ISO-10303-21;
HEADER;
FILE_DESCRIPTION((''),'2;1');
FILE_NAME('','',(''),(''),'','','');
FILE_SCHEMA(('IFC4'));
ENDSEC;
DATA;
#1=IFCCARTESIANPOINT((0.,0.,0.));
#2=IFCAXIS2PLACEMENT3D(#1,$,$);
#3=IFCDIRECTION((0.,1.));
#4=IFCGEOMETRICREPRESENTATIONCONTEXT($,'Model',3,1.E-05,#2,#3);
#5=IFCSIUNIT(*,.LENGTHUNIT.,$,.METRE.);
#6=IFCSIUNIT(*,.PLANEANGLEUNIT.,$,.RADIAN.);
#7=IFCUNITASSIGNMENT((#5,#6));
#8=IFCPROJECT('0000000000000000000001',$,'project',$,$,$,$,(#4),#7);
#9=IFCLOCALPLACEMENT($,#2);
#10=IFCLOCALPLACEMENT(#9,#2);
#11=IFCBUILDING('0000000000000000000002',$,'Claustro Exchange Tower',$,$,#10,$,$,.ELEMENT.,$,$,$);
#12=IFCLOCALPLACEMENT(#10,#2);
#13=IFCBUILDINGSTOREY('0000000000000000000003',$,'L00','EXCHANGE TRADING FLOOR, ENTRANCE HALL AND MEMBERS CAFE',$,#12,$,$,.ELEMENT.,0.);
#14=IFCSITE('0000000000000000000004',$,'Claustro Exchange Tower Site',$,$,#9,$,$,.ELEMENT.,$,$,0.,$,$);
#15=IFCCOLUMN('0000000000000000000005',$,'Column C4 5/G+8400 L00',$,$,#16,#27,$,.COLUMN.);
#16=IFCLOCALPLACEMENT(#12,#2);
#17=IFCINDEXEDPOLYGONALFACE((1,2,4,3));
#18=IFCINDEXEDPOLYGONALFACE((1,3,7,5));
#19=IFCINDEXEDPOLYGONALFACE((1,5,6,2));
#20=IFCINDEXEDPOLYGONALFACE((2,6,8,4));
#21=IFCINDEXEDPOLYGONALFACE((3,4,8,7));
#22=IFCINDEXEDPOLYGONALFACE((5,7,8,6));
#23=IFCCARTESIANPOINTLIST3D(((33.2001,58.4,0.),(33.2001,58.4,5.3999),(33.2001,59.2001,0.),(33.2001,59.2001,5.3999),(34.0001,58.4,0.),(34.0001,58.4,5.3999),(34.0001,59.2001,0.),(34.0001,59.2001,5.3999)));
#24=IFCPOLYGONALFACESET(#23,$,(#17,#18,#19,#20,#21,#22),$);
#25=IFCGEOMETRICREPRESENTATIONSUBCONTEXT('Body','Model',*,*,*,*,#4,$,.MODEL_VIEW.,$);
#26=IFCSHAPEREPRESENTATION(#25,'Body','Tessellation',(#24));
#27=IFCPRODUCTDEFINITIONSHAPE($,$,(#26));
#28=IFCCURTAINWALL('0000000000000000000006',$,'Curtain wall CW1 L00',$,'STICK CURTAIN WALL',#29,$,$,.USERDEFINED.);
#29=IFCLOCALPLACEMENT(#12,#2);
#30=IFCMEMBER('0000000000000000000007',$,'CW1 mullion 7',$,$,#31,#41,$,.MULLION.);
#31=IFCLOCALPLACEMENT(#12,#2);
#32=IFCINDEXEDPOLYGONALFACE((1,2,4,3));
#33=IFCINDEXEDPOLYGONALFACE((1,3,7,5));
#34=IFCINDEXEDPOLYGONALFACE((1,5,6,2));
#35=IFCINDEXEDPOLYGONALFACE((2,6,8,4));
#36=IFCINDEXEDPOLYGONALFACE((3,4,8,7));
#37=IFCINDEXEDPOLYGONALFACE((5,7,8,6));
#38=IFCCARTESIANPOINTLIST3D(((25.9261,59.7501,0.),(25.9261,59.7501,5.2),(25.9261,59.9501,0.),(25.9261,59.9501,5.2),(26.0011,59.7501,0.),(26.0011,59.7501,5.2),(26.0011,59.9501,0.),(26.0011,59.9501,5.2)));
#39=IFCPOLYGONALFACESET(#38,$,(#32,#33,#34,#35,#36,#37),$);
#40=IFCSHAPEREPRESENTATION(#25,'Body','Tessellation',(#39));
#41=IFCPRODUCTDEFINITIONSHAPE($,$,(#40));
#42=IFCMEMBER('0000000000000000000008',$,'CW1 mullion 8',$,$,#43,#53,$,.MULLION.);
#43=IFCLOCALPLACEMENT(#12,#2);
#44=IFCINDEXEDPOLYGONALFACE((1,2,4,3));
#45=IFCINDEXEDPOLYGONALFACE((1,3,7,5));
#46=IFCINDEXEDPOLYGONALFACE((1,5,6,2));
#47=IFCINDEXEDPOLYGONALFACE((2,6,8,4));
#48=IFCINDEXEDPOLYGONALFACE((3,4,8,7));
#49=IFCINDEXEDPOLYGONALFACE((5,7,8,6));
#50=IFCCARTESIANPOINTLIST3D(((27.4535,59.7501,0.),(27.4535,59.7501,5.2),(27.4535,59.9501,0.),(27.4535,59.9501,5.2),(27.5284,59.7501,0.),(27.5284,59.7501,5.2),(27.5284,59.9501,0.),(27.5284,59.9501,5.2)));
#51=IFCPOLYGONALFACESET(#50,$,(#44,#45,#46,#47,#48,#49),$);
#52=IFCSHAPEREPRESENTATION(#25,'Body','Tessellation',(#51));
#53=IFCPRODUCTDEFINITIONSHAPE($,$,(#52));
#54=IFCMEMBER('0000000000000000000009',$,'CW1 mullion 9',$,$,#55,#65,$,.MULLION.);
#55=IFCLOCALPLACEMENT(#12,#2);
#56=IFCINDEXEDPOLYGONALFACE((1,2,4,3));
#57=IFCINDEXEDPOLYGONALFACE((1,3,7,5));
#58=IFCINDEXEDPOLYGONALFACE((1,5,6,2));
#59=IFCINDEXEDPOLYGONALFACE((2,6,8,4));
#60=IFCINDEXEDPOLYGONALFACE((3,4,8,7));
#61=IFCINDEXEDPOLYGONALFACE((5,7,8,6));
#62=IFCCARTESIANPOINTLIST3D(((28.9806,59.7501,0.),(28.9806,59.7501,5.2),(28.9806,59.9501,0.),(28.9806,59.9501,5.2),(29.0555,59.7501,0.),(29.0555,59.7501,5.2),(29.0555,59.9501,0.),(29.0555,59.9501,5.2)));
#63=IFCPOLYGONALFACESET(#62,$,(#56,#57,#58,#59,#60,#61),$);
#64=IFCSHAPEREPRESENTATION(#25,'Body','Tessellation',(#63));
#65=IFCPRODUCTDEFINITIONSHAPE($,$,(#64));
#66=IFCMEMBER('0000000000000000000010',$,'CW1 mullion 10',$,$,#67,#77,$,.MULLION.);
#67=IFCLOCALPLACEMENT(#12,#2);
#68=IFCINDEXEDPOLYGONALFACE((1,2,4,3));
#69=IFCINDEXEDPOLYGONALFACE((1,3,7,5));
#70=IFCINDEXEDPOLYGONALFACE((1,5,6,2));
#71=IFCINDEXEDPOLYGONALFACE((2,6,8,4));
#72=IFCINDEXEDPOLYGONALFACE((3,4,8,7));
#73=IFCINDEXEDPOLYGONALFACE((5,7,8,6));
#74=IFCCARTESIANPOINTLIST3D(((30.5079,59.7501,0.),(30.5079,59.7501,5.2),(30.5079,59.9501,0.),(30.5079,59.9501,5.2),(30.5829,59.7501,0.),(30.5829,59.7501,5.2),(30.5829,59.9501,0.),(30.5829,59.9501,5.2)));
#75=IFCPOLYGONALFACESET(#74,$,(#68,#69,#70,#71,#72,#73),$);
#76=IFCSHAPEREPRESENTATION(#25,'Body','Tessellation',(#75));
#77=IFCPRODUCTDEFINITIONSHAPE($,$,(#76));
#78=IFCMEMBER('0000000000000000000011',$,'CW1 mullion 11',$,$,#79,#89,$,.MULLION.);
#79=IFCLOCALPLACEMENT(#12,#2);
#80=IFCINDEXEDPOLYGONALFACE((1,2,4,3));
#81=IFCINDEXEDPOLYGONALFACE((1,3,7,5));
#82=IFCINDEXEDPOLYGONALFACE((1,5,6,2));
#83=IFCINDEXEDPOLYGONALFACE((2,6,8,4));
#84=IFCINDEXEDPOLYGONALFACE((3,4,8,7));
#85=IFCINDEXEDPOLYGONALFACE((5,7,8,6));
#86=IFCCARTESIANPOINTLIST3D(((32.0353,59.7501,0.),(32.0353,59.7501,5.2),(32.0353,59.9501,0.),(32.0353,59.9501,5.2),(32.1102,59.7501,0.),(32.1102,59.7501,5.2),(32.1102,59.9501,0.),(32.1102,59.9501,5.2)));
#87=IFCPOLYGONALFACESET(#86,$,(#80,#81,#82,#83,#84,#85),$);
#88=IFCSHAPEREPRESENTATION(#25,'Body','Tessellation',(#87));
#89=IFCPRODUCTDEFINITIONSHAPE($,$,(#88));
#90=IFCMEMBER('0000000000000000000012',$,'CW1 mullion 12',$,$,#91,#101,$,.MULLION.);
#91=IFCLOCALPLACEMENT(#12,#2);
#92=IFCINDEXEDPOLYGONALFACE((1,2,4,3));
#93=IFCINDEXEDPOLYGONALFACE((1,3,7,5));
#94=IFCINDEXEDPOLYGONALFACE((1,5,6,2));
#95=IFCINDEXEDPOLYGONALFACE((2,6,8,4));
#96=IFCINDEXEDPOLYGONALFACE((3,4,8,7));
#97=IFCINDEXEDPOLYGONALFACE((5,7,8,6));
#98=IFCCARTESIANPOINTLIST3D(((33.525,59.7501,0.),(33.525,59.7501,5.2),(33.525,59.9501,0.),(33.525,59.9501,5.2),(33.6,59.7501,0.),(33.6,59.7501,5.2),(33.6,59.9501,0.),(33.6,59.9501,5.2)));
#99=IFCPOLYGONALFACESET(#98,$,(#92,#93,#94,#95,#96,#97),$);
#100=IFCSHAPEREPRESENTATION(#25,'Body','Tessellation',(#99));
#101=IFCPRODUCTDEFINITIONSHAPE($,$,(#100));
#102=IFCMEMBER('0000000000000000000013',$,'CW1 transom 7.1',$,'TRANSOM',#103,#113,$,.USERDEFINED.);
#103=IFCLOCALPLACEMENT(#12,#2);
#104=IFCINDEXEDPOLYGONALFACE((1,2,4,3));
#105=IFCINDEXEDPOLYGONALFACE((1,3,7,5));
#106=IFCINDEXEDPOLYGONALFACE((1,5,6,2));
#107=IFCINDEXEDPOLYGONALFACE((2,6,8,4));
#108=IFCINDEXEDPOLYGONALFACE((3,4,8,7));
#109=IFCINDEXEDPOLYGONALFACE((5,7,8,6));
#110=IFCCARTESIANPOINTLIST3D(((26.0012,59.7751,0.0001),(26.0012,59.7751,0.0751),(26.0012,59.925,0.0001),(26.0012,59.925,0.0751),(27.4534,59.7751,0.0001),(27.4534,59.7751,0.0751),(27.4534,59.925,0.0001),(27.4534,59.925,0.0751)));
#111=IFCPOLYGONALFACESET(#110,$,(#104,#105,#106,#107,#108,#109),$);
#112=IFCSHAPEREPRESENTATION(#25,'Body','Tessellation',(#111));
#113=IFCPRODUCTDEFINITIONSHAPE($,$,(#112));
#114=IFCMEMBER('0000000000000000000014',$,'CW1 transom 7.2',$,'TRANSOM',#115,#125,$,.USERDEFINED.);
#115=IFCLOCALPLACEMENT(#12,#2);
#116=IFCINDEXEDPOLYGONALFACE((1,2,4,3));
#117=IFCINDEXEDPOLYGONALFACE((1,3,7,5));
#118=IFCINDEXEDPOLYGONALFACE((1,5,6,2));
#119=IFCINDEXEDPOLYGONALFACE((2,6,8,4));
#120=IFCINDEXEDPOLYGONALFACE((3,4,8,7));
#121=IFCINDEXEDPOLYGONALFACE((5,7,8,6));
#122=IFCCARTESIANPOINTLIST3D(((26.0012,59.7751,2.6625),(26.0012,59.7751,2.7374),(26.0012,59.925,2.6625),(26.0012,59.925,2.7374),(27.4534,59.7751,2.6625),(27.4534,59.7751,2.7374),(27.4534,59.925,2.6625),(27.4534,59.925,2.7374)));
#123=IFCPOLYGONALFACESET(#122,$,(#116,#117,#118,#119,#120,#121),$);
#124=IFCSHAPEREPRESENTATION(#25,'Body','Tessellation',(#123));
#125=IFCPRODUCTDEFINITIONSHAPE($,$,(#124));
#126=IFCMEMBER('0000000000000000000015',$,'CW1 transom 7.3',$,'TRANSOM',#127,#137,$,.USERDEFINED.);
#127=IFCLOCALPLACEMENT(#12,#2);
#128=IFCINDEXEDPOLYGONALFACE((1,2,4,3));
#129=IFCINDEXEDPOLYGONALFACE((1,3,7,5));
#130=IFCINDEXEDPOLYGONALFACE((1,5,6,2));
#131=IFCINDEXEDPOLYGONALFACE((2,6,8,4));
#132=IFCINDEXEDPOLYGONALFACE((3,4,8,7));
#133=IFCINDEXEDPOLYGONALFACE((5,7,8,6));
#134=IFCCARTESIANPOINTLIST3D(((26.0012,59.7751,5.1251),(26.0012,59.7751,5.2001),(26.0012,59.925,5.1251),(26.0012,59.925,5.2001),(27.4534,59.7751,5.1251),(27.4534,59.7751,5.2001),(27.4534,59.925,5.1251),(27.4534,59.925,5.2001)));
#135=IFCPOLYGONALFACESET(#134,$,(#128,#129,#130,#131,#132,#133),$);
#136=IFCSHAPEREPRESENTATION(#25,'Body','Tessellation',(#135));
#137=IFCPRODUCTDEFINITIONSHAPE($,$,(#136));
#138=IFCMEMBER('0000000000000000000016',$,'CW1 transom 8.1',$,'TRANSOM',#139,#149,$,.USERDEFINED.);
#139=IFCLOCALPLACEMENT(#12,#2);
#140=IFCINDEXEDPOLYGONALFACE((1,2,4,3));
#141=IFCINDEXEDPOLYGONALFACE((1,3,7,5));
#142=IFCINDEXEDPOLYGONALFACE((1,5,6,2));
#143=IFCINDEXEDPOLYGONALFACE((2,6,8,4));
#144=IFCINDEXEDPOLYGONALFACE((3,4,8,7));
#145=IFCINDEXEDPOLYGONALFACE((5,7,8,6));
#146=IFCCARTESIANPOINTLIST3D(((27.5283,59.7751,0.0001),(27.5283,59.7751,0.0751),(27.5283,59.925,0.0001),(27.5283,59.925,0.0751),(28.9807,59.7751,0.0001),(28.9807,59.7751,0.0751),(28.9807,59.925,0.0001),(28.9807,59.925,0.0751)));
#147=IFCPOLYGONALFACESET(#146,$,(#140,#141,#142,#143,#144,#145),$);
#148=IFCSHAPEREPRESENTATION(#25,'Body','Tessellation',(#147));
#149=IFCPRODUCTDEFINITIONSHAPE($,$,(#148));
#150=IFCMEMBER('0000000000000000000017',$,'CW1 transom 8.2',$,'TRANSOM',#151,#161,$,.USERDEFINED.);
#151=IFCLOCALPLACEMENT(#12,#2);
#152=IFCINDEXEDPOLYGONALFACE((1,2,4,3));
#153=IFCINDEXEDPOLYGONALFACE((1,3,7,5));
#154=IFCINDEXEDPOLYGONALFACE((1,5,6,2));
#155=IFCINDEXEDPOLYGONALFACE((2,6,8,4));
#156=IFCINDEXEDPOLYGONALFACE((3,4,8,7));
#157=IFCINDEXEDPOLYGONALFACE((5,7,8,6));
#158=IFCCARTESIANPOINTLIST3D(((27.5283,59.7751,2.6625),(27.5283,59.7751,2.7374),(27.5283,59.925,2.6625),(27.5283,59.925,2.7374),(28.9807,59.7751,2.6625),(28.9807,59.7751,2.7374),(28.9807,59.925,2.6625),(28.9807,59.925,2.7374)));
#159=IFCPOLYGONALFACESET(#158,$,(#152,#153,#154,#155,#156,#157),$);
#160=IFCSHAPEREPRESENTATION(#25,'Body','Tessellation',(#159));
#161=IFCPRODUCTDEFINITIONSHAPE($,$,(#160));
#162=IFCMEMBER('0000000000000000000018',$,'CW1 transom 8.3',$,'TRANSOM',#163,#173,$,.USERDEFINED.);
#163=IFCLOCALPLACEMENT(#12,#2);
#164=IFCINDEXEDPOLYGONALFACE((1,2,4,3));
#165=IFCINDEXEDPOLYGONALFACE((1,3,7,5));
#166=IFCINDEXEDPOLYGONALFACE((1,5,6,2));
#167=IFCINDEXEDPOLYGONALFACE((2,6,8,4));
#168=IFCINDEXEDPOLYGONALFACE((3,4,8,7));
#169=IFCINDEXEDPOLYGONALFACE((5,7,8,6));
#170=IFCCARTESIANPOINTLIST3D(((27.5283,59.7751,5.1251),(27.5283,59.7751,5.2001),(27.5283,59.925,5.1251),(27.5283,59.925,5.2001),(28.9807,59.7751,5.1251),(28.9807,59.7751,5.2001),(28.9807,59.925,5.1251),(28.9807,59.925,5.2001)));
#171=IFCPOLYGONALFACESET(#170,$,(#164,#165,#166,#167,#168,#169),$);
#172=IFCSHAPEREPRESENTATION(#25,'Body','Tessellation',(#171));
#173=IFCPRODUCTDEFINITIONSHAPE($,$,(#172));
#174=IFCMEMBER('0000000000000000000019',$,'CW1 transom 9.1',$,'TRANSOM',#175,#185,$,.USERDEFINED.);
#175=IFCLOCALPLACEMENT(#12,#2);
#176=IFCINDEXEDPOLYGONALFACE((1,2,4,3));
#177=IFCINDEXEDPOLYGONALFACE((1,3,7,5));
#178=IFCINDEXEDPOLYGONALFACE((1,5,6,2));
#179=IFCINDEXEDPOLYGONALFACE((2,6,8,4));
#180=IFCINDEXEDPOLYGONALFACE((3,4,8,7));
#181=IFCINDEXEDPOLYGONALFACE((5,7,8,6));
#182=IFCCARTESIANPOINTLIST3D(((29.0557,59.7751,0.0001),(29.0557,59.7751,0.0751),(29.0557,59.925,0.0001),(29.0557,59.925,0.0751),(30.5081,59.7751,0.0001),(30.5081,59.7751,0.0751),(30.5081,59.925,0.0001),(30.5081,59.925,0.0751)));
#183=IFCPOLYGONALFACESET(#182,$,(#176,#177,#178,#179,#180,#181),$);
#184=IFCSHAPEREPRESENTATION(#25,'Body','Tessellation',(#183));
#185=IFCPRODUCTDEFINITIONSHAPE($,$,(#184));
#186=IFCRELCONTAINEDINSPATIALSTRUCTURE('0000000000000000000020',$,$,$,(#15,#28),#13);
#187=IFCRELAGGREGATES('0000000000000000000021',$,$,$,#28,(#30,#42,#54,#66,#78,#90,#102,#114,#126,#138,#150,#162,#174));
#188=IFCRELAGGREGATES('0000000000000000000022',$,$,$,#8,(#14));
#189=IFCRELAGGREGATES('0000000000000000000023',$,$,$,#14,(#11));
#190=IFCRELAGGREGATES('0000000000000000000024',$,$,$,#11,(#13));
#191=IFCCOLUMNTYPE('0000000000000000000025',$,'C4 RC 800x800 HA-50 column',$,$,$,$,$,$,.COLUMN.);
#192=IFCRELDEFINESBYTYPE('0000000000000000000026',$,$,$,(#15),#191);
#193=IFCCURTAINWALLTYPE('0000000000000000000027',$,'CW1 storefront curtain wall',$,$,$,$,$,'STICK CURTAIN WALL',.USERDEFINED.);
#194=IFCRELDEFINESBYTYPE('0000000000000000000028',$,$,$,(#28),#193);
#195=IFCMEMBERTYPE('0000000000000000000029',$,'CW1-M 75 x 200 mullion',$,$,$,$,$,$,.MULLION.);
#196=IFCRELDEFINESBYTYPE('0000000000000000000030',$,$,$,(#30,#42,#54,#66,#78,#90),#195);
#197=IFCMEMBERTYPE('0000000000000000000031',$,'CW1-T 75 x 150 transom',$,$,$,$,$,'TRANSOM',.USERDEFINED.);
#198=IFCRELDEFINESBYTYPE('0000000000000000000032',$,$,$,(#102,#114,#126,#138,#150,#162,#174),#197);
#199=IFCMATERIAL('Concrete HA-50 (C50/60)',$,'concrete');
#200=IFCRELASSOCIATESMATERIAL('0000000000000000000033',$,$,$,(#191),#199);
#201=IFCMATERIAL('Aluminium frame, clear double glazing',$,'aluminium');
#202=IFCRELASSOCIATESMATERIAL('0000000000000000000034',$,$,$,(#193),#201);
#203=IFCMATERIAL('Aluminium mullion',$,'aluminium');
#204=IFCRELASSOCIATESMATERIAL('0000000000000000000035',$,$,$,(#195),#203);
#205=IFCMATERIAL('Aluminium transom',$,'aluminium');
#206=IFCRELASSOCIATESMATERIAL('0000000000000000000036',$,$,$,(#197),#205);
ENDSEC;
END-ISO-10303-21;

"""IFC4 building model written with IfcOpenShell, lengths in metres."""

from ifc_helpers import new_model, si_unit, direction, frame, origin, origin_2d, place, context, subcontext, project, spatial, rectangle, extrude, material, material_profile, profile_set, type_object, element, aggregate, save


model = new_model("IFC4")

# Units and contexts
model_context = context("Model", 3, precision=1e-05, world=origin(), true_north=direction((0.0, 1.0)))
body_context = subcontext(model_context, "Body", "Model", "MODEL_VIEW")
ifc_project = project(units=[si_unit("LENGTHUNIT", "METRE"), si_unit("PLANEANGLEUNIT", "RADIAN")], contexts=[model_context])

# Site, building, storey
site_placement = place(None, origin())
site = spatial("IfcSite", under=ifc_project, at=site_placement, Name="Claustro Exchange Tower Site", CompositionType="ELEMENT", RefElevation=0.0)
building_placement = place(site_placement, origin())
building = spatial("IfcBuilding", under=site, at=building_placement, Name="Claustro Exchange Tower", CompositionType="ELEMENT")
storey_placement = place(building_placement, origin())
storey = spatial("IfcBuildingStorey", under=building, at=storey_placement, Name="L00", Description="EXCHANGE TRADING FLOOR, ENTRANCE HALL AND MEMBERS CAFE", CompositionType="ELEMENT", Elevation=0.0)

# Column
ifc_material_1 = material(Name="Concrete HA-50 (C50/60)", Category="concrete")
ifc_material_profile_1 = material_profile(ifc_material_1, rectangle(XDim=0.8, YDim=0.8, at=origin_2d()), Name="RC 800x800")
ifc_profile_set_1 = profile_set([ifc_material_profile_1], Name="Concrete HA-50 (C50/60)")
column_type = type_object("IfcColumnType", Name="C4 RC 800x800 HA-50 column", PredefinedType="COLUMN", material=ifc_profile_set_1)
column_placement = place(storey_placement, frame((33.6001, 58.8, 0.0), z_axis=(0.0, 0.0, 1.0), x_axis=(1.0, 0.0, 0.0)))
element("IfcColumn", 1, at=column_placement, inside=storey, type_object=column_type, Name="Column C4 5/G+8400 L00", PredefinedType="COLUMN", context=body_context, shape_type="SweptSolid", body=[
    extrude(rectangle(XDim=0.8, YDim=0.8, at=origin_2d()), origin(), (0.0, 0.0, 1.0), 5.3999),
])

# Curtain wall, members
ifc_material_2 = material(Name="Aluminium frame, clear double glazing", Category="aluminium")
curtain_wall_type = type_object("IfcCurtainWallType", Name="CW1 storefront curtain wall", ElementType="STICK CURTAIN WALL", PredefinedType="USERDEFINED", material=ifc_material_2)
curtain_wall_placement = place(storey_placement, origin())
curtain_wall = element("IfcCurtainWall", 2, at=curtain_wall_placement, inside=storey, type_object=curtain_wall_type, Name="Curtain wall CW1 L00", ObjectType="STICK CURTAIN WALL", PredefinedType="USERDEFINED")
ifc_material_3 = material(Name="Aluminium mullion", Category="aluminium")
ifc_material_profile_2 = material_profile(ifc_material_3, rectangle(XDim=0.2, YDim=0.075, at=origin_2d()), Name="CW1-M 75x200")
ifc_profile_set_2 = profile_set([ifc_material_profile_2], Name="Aluminium mullion")
member_type_1 = type_object("IfcMemberType", Name="CW1-M 75 x 200 mullion", PredefinedType="MULLION", material=ifc_profile_set_2)
member_1_placement = place(storey_placement, frame((25.9636, 59.8501, 0.0), z_axis=(0.0, 0.0, 1.0), x_axis=(0.0, 1.0, 0.0)))
member_1 = element("IfcMember", 3, at=member_1_placement, type_object=member_type_1, Name="CW1 mullion 7", PredefinedType="MULLION", context=body_context, shape_type="SweptSolid", body=[
    extrude(rectangle(XDim=0.2, YDim=0.075, at=origin_2d()), origin(), (0.0, 0.0, 1.0), 5.2),
])
member_2_placement = place(storey_placement, frame((27.491, 59.8501, 0.0), z_axis=(0.0, 0.0, 1.0), x_axis=(0.0, 1.0, 0.0)))
member_2 = element("IfcMember", 4, at=member_2_placement, type_object=member_type_1, Name="CW1 mullion 8", PredefinedType="MULLION", context=body_context, shape_type="SweptSolid", body=[
    extrude(rectangle(XDim=0.2, YDim=0.075, at=origin_2d()), origin(), (0.0, 0.0, 1.0), 5.2),
])
member_3_placement = place(storey_placement, frame((29.0181, 59.8501, 0.0), z_axis=(0.0, 0.0, 1.0), x_axis=(0.0, 1.0, 0.0)))
member_3 = element("IfcMember", 5, at=member_3_placement, type_object=member_type_1, Name="CW1 mullion 9", PredefinedType="MULLION", context=body_context, shape_type="SweptSolid", body=[
    extrude(rectangle(XDim=0.2, YDim=0.075, at=origin_2d()), origin(), (0.0, 0.0, 1.0), 5.2),
])
member_4_placement = place(storey_placement, frame((30.5454, 59.8501, 0.0), z_axis=(0.0, 0.0, 1.0), x_axis=(0.0, 1.0, 0.0)))
member_4 = element("IfcMember", 6, at=member_4_placement, type_object=member_type_1, Name="CW1 mullion 10", PredefinedType="MULLION", context=body_context, shape_type="SweptSolid", body=[
    extrude(rectangle(XDim=0.2, YDim=0.075, at=origin_2d()), origin(), (0.0, 0.0, 1.0), 5.2),
])
member_5_placement = place(storey_placement, frame((32.0728, 59.8501, 0.0), z_axis=(0.0, 0.0, 1.0), x_axis=(0.0, 1.0, 0.0)))
member_5 = element("IfcMember", 7, at=member_5_placement, type_object=member_type_1, Name="CW1 mullion 11", PredefinedType="MULLION", context=body_context, shape_type="SweptSolid", body=[
    extrude(rectangle(XDim=0.2, YDim=0.075, at=origin_2d()), origin(), (0.0, 0.0, 1.0), 5.2),
])
member_6_placement = place(storey_placement, frame((33.5625, 59.8501, 0.0), z_axis=(0.0, 0.0, 1.0), x_axis=(0.0, 1.0, 0.0)))
member_6 = element("IfcMember", 8, at=member_6_placement, type_object=member_type_1, Name="CW1 mullion 12", PredefinedType="MULLION", context=body_context, shape_type="SweptSolid", body=[
    extrude(rectangle(XDim=0.2, YDim=0.075, at=origin_2d()), origin(), (0.0, 0.0, 1.0), 5.2),
])
ifc_material_4 = material(Name="Aluminium transom", Category="aluminium")
ifc_material_profile_3 = material_profile(ifc_material_4, rectangle(XDim=0.1499, YDim=0.075, at=origin_2d()), Name="CW1-T 75x150")
ifc_profile_set_3 = profile_set([ifc_material_profile_3], Name="Aluminium transom")
member_type_2 = type_object("IfcMemberType", Name="CW1-T 75 x 150 transom", ElementType="TRANSOM", PredefinedType="USERDEFINED", material=ifc_profile_set_3)
member_7_placement = place(storey_placement, frame((26.0012, 59.8501, 0.0376), z_axis=(1.0, 0.0, 0.0), x_axis=(0.0, 1.0, 0.0)))
member_7 = element("IfcMember", 9, at=member_7_placement, type_object=member_type_2, Name="CW1 transom 7.1", ObjectType="TRANSOM", PredefinedType="USERDEFINED", context=body_context, shape_type="SweptSolid", body=[
    extrude(rectangle(XDim=0.1499, YDim=0.075, at=origin_2d()), origin(), (0.0, 0.0, 1.0), 1.4521),
])
member_8_placement = place(storey_placement, frame((26.0012, 59.8501, 2.7), z_axis=(1.0, 0.0, 0.0), x_axis=(0.0, 1.0, 0.0)))
member_8 = element("IfcMember", 10, at=member_8_placement, type_object=member_type_2, Name="CW1 transom 7.2", ObjectType="TRANSOM", PredefinedType="USERDEFINED", context=body_context, shape_type="SweptSolid", body=[
    extrude(rectangle(XDim=0.1499, YDim=0.075, at=origin_2d()), origin(), (0.0, 0.0, 1.0), 1.4521),
])
member_9_placement = place(storey_placement, frame((26.0012, 59.8501, 5.1626), z_axis=(1.0, 0.0, 0.0), x_axis=(0.0, 1.0, 0.0)))
member_9 = element("IfcMember", 11, at=member_9_placement, type_object=member_type_2, Name="CW1 transom 7.3", ObjectType="TRANSOM", PredefinedType="USERDEFINED", context=body_context, shape_type="SweptSolid", body=[
    extrude(rectangle(XDim=0.1499, YDim=0.075, at=origin_2d()), origin(), (0.0, 0.0, 1.0), 1.4521),
])
member_10_placement = place(storey_placement, frame((27.5283, 59.8501, 0.0376), z_axis=(1.0, 0.0, 0.0), x_axis=(0.0, 1.0, 0.0)))
member_10 = element("IfcMember", 12, at=member_10_placement, type_object=member_type_2, Name="CW1 transom 8.1", ObjectType="TRANSOM", PredefinedType="USERDEFINED", context=body_context, shape_type="SweptSolid", body=[
    extrude(rectangle(XDim=0.1499, YDim=0.075, at=origin_2d()), origin(), (0.0, 0.0, 1.0), 1.4524),
])
member_11_placement = place(storey_placement, frame((27.5283, 59.8501, 2.7), z_axis=(1.0, 0.0, 0.0), x_axis=(0.0, 1.0, 0.0)))
member_11 = element("IfcMember", 13, at=member_11_placement, type_object=member_type_2, Name="CW1 transom 8.2", ObjectType="TRANSOM", PredefinedType="USERDEFINED", context=body_context, shape_type="SweptSolid", body=[
    extrude(rectangle(XDim=0.1499, YDim=0.075, at=origin_2d()), origin(), (0.0, 0.0, 1.0), 1.4524),
])
member_12_placement = place(storey_placement, frame((27.5283, 59.8501, 5.1626), z_axis=(1.0, 0.0, 0.0), x_axis=(0.0, 1.0, 0.0)))
member_12 = element("IfcMember", 14, at=member_12_placement, type_object=member_type_2, Name="CW1 transom 8.3", ObjectType="TRANSOM", PredefinedType="USERDEFINED", context=body_context, shape_type="SweptSolid", body=[
    extrude(rectangle(XDim=0.1499, YDim=0.075, at=origin_2d()), origin(), (0.0, 0.0, 1.0), 1.4524),
])
member_13_placement = place(storey_placement, frame((29.0557, 59.8501, 0.0376), z_axis=(1.0, 0.0, 0.0), x_axis=(0.0, 1.0, 0.0)))
member_13 = element("IfcMember", 15, at=member_13_placement, type_object=member_type_2, Name="CW1 transom 9.1", ObjectType="TRANSOM", PredefinedType="USERDEFINED", context=body_context, shape_type="SweptSolid", body=[
    extrude(rectangle(XDim=0.1499, YDim=0.075, at=origin_2d()), origin(), (0.0, 0.0, 1.0), 1.4524),
])
aggregate(curtain_wall, [member_1, member_2, member_3, member_4, member_5, member_6, member_7, member_8, member_9, member_10, member_11, member_12, member_13])

save(model, "model.ifc")
